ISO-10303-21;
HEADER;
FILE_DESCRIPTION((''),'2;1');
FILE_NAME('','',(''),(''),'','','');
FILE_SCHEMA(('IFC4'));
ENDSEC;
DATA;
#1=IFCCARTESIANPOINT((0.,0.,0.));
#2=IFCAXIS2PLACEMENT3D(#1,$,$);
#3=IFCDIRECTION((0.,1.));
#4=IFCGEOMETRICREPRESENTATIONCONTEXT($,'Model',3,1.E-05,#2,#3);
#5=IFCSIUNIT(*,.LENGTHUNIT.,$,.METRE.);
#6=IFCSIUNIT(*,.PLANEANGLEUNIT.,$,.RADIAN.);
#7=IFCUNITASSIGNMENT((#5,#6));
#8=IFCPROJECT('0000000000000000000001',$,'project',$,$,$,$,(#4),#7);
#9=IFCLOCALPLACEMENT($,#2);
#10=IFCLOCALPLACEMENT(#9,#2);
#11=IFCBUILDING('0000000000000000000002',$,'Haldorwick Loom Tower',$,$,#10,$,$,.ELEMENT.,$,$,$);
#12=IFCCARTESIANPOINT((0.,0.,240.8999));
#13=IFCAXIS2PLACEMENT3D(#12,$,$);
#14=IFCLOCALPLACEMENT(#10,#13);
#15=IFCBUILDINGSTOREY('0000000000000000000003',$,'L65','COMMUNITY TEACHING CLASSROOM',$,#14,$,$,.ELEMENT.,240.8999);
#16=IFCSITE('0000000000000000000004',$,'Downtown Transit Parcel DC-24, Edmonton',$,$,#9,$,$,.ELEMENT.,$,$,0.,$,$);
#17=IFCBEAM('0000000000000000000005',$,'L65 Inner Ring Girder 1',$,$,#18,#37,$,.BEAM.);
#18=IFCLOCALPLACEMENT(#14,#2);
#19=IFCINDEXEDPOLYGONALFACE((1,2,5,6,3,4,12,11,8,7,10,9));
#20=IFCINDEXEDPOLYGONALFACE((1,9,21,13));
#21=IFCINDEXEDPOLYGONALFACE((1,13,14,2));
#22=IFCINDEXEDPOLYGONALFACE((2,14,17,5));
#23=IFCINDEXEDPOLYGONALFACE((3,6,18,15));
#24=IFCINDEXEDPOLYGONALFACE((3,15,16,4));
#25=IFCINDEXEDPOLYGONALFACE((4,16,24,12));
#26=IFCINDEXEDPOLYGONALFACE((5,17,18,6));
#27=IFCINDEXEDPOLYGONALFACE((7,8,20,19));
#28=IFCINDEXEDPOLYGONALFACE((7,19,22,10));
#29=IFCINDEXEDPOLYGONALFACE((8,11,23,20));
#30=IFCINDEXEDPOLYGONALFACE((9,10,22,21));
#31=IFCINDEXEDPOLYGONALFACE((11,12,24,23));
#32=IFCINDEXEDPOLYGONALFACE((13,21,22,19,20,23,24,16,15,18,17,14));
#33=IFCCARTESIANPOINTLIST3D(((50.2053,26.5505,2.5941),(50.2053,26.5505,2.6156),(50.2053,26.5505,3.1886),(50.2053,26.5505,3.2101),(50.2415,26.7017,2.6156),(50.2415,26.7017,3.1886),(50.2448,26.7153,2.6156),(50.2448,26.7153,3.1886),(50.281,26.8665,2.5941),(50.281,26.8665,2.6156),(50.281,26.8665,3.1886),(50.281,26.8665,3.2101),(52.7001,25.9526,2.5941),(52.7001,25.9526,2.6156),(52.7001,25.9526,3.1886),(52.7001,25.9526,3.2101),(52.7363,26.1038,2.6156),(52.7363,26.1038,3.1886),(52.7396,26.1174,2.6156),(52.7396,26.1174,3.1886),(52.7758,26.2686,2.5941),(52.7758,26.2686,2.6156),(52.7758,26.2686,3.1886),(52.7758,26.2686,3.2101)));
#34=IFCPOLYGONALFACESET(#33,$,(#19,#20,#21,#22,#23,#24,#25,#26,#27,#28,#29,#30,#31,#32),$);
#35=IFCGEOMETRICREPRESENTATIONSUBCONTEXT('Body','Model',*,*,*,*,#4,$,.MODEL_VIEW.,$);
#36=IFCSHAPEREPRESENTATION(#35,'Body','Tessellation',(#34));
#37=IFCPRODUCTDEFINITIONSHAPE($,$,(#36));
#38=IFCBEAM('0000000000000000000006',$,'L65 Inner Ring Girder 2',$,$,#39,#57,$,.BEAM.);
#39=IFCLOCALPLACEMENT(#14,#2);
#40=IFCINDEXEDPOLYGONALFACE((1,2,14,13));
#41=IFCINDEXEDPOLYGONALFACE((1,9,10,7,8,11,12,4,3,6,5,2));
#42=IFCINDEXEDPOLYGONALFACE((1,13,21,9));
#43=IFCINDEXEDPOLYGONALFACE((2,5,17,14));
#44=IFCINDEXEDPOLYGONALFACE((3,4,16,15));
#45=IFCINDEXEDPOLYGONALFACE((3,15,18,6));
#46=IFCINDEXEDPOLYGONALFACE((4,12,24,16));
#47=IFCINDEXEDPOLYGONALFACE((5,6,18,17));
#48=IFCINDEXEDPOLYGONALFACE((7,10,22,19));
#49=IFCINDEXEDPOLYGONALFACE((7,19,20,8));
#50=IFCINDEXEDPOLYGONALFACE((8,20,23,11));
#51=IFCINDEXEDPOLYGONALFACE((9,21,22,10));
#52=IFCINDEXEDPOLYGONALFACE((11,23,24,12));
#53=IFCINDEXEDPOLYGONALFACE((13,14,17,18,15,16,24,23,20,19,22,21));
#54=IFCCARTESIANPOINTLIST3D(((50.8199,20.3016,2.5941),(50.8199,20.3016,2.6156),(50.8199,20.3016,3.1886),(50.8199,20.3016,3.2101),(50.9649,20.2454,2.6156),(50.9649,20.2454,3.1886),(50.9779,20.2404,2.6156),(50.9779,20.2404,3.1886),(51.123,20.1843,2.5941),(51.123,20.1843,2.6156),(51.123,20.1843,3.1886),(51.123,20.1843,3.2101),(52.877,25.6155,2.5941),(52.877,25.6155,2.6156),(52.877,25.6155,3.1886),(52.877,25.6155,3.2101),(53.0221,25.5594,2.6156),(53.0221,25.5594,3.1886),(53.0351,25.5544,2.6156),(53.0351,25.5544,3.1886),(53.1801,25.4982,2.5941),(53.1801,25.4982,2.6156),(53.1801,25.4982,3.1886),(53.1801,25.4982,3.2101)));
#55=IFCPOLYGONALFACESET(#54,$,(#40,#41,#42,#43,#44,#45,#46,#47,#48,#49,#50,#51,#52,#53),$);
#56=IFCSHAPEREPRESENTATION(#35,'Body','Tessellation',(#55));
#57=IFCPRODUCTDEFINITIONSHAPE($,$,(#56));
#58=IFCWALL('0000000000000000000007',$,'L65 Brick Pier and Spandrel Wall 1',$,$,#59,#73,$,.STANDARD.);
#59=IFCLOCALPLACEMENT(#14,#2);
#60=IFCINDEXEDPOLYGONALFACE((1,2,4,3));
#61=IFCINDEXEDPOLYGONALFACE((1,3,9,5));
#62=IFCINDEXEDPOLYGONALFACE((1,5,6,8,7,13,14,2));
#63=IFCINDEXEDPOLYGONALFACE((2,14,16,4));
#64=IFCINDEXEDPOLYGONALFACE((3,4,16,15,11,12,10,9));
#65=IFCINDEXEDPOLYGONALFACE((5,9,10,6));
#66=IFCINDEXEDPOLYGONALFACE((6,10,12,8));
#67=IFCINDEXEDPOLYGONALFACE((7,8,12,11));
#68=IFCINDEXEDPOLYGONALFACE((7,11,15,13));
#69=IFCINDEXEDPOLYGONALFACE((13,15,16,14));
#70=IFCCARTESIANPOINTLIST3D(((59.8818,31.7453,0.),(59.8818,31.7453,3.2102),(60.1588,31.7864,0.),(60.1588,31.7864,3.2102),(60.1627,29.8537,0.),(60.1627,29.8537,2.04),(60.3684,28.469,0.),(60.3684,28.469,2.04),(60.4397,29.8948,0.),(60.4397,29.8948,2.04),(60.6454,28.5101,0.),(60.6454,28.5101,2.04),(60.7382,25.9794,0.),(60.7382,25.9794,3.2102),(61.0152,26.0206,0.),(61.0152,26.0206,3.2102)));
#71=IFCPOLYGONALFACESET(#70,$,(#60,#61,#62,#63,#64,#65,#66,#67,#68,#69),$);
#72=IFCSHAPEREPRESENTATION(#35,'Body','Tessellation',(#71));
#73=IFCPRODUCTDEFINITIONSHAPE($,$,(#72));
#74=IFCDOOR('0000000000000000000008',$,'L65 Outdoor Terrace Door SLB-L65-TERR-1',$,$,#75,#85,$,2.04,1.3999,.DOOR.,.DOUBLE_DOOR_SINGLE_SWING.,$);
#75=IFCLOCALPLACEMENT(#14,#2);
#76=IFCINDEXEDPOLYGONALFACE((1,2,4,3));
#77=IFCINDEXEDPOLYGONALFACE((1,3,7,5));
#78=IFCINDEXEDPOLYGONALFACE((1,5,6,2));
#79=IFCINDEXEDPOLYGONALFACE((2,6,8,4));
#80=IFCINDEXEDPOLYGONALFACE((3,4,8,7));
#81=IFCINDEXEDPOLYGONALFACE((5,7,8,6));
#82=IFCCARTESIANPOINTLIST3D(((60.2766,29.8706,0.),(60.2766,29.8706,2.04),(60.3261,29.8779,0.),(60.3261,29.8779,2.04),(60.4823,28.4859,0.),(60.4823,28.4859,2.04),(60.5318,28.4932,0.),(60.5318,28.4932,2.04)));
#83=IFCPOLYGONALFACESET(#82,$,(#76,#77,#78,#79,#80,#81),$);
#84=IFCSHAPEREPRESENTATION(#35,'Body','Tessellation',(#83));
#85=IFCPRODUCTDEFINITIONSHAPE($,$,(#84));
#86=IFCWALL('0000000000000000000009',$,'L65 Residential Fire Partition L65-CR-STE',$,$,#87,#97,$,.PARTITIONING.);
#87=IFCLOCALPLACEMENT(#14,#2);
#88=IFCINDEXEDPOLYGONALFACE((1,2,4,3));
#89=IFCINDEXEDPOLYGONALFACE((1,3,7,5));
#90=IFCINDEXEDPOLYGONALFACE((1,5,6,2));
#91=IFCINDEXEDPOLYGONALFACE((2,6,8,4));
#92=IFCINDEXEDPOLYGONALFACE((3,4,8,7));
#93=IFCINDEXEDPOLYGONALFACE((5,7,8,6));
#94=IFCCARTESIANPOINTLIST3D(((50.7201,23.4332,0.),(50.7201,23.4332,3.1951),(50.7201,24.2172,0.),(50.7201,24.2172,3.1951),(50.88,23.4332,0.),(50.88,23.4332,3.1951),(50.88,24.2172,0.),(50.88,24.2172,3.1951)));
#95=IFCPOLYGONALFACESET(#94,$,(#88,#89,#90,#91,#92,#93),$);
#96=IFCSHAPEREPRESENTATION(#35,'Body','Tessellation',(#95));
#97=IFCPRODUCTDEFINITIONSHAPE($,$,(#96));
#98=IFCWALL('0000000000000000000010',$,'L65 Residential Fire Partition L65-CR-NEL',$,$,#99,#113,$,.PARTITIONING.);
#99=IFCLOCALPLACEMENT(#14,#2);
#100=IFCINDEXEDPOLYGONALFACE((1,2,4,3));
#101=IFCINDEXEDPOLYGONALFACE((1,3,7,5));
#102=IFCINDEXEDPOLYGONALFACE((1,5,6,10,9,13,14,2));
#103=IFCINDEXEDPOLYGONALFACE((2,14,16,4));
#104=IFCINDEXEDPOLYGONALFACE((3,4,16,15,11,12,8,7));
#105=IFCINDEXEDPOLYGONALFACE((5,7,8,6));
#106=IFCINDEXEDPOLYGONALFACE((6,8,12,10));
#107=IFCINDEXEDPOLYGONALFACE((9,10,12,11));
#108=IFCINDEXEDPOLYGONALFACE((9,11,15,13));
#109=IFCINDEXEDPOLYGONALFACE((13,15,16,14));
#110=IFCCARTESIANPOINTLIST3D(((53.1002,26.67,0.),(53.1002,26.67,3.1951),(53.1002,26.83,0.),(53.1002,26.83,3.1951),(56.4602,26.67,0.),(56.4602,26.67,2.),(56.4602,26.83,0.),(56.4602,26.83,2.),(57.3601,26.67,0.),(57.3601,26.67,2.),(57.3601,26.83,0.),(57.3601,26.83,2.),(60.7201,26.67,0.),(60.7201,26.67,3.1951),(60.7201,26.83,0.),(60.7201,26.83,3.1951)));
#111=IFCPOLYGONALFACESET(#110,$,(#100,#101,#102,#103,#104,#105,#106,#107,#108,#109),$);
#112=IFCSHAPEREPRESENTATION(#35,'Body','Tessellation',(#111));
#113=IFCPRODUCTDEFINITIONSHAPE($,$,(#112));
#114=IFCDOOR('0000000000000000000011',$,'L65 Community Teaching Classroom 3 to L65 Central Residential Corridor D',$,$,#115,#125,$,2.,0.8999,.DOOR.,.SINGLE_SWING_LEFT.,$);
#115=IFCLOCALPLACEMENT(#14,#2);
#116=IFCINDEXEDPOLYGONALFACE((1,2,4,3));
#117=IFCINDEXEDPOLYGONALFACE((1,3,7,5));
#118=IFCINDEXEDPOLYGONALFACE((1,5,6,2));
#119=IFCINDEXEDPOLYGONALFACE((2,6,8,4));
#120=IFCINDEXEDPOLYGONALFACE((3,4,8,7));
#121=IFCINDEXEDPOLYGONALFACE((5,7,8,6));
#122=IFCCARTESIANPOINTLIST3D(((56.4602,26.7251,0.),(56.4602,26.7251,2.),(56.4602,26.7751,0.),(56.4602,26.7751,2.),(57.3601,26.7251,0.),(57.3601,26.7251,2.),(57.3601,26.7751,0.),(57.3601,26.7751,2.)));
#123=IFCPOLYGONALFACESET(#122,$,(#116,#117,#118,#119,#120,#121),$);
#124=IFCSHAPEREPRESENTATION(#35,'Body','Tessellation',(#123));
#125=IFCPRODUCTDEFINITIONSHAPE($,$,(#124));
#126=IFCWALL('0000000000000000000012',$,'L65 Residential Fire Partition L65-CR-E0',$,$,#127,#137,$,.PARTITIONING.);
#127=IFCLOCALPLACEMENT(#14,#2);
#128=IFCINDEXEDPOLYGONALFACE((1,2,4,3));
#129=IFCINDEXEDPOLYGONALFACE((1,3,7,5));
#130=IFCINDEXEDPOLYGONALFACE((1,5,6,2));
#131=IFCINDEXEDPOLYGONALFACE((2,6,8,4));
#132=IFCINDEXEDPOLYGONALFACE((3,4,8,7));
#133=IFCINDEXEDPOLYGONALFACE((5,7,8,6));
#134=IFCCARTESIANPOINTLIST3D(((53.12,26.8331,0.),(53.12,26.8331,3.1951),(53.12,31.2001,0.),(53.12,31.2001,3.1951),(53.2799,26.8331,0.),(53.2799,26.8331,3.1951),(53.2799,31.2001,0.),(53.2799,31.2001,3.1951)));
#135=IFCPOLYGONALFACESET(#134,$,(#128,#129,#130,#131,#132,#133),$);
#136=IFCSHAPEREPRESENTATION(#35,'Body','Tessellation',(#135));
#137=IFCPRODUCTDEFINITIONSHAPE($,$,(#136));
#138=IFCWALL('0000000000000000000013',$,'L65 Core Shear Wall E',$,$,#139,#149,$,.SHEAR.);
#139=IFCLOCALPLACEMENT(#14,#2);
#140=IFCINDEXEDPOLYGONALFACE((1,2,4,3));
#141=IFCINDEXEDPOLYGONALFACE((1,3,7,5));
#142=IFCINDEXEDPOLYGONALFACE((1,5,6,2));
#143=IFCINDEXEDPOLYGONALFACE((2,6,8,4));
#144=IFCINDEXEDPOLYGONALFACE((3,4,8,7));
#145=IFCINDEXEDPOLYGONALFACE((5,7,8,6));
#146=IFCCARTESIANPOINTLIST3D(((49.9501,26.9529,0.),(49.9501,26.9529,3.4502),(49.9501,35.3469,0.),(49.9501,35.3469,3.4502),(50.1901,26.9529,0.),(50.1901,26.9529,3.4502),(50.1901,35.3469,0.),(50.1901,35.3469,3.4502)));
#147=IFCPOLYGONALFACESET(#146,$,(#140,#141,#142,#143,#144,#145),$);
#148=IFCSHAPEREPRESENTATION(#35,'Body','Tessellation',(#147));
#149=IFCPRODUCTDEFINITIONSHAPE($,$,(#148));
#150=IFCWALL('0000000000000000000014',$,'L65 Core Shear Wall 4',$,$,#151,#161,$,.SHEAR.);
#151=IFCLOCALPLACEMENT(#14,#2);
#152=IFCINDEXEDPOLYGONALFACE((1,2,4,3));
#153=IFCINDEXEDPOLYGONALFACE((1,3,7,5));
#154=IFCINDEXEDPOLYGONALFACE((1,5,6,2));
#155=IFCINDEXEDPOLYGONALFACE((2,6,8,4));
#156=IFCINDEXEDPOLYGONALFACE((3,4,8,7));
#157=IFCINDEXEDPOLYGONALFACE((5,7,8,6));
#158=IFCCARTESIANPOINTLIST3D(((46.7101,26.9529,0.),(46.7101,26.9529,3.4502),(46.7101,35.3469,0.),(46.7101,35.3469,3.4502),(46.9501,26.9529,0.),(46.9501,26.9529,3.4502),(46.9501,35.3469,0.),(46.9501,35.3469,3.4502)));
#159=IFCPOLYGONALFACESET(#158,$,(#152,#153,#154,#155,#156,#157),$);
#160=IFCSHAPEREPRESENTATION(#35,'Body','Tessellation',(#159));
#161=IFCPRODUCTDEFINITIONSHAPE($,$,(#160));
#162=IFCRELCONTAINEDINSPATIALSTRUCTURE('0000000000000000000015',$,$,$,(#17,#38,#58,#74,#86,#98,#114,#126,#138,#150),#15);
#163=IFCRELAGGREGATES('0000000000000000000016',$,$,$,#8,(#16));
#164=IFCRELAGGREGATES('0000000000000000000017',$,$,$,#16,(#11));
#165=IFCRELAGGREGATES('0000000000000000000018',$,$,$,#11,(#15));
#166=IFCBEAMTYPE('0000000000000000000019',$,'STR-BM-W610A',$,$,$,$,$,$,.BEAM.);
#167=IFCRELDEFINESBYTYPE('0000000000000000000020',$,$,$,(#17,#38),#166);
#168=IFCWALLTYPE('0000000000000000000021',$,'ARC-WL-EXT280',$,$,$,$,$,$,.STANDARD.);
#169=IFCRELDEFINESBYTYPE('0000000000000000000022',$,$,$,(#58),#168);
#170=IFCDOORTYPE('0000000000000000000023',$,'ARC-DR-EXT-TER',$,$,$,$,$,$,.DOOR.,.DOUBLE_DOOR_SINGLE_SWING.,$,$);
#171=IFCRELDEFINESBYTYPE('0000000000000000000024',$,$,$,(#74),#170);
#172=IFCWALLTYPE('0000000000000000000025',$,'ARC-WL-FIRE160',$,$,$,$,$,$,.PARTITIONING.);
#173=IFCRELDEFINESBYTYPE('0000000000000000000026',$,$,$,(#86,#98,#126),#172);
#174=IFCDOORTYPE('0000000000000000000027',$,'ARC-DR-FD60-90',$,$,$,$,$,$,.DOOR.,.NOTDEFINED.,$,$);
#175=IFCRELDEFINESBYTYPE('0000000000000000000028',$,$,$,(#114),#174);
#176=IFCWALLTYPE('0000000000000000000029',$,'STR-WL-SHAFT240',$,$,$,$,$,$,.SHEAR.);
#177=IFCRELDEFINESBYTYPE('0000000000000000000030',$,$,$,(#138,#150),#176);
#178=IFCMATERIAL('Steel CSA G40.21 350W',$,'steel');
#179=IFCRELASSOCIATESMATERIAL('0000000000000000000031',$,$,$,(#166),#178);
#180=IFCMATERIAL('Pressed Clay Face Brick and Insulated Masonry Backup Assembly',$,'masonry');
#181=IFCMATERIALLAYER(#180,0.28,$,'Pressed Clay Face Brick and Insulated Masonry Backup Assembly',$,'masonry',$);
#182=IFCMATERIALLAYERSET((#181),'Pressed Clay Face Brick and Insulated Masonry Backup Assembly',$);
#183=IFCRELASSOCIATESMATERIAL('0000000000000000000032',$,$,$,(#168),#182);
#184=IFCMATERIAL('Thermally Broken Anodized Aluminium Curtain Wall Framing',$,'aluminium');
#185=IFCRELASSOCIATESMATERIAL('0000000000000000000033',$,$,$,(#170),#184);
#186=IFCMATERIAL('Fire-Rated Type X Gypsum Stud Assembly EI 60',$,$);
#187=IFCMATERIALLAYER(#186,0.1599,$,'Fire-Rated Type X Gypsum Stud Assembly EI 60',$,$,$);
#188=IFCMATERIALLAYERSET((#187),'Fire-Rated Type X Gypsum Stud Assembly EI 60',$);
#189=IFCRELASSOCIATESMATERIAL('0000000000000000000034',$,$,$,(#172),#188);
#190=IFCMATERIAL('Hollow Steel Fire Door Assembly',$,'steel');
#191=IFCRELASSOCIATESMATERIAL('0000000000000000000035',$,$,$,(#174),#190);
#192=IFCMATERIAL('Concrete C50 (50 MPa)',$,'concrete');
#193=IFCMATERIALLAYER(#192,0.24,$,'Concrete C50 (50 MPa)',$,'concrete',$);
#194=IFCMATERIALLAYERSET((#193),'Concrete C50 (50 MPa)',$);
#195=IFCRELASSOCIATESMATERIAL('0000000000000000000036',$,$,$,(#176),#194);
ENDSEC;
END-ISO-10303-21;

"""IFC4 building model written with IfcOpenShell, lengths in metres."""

from ifc_helpers import new_model, si_unit, direction, frame, frame_2d, origin, origin_2d, place, context, subcontext, project, spatial, rectangle, i_section, extrude, material, layer, layer_set, material_profile, profile_set, type_object, element, fill, save


model = new_model("IFC4")

# Units and contexts
model_context = context("Model", 3, precision=1e-05, world=origin(), true_north=direction((0.0, 1.0)))
body_context = subcontext(model_context, "Body", "Model", "MODEL_VIEW")
ifc_project = project(units=[si_unit("LENGTHUNIT", "METRE"), si_unit("PLANEANGLEUNIT", "RADIAN")], contexts=[model_context])

# Site, building, storey
site_placement = place(None, origin())
site = spatial("IfcSite", under=ifc_project, at=site_placement, Name="Downtown Transit Parcel DC-24, Edmonton", CompositionType="ELEMENT", RefElevation=0.0)
building_placement = place(site_placement, origin())
building = spatial("IfcBuilding", under=site, at=building_placement, Name="Haldorwick Loom Tower", CompositionType="ELEMENT")
storey_placement = place(building_placement, frame((0.0, 0.0, 240.8999)))
storey = spatial("IfcBuildingStorey", under=building, at=storey_placement, Name="L65", Description="COMMUNITY TEACHING CLASSROOM", CompositionType="ELEMENT", Elevation=240.8999)

# Shared definitions
ifc_material_1 = material(Name="Steel CSA G40.21 350W", Category="steel")

# Beams
ifc_material_profile_1 = material_profile(ifc_material_1, i_section(OverallWidth=0.325, OverallDepth=0.616, WebThickness=0.0139, FlangeThickness=0.0215, at=origin_2d()), Name="W610X174", Category="steel")
ifc_profile_set_1 = profile_set([ifc_material_profile_1], Name="Steel CSA G40.21 350W")
beam_type_1 = type_object("IfcBeamType", Name="STR-BM-W610A", PredefinedType="BEAM", material=ifc_profile_set_1)
beam_1_placement = place(storey_placement, frame((50.2432, 26.7085, 2.9021), z_axis=(0.972464, -0.233053, 0.0), x_axis=(0.233053, 0.972464, 0.0)))
element("IfcBeam", 1, at=beam_1_placement, inside=storey, type_object=beam_type_1, Name="L65 Inner Ring Girder 1", PredefinedType="BEAM", context=body_context, shape_type="SweptSolid", body=[
    extrude(i_section(OverallWidth=0.325, OverallDepth=0.616, WebThickness=0.0139, FlangeThickness=0.0215, at=origin_2d()), origin(), (0.0, 0.0, 1.0), 2.5654),
])
beam_2_placement = place(storey_placement, frame((53.0286, 25.5569, 2.9021), z_axis=(-0.361011, -0.932562, 0.0), x_axis=(0.932562, -0.361011, 0.0)))
element("IfcBeam", 2, at=beam_2_placement, inside=storey, type_object=beam_type_1, Name="L65 Inner Ring Girder 2", PredefinedType="BEAM", context=body_context, shape_type="SweptSolid", body=[
    extrude(i_section(OverallWidth=0.325, OverallDepth=0.616, WebThickness=0.0139, FlangeThickness=0.0215, at=origin_2d()), origin(), (0.0, 0.0, 1.0), 5.6982),
])

# Wall, opening, door
ifc_material_2 = material(Name="Pressed Clay Face Brick and Insulated Masonry Backup Assembly", Category="masonry")
ifc_layer_1 = layer(ifc_material_2, 0.28, Name="Pressed Clay Face Brick and Insulated Masonry Backup Assembly", Category="masonry")
ifc_layer_set_1 = layer_set([ifc_layer_1], Name="Pressed Clay Face Brick and Insulated Masonry Backup Assembly")
wall_type_1 = type_object("IfcWallType", Name="ARC-WL-EXT280", PredefinedType="STANDARD", material=ifc_layer_set_1)
wall_1_placement = place(storey_placement, frame((60.8767, 26.0, 0.0), z_axis=(0.0, 0.0, 1.0), x_axis=(-0.146925, 0.989148, 0.0)))
wall_1 = element("IfcWall", 3, at=wall_1_placement, inside=storey, type_object=wall_type_1, Name="L65 Brick Pier and Spandrel Wall 1", PredefinedType="STANDARD", context=body_context, shape_type="SweptSolid", body=[
    extrude(rectangle(XDim=5.8291, YDim=0.28, at=frame_2d((2.9146, 0.0))), origin(), (0.0, 0.0, 1.0), 3.2102),
])
opening_1_placement = place(wall_1_placement, frame((2.5168, 0.0, 0.0)))
opening_1 = element("IfcOpeningElement", 4, at=opening_1_placement, cuts=wall_1, PredefinedType="OPENING", context=body_context, shape_type="SweptSolid", body=[
    extrude(rectangle(XDim=1.3999, YDim=2.04, at=frame_2d((0.7, 1.02))), frame((0.0, 0.1499, 0.0), z_axis=(0.0, -1.0, 0.0), x_axis=(1.0, 0.0, 0.0)), (0.0, 0.0, 1.0), 0.3),
])
ifc_material_3 = material(Name="Thermally Broken Anodized Aluminium Curtain Wall Framing", Category="aluminium")
door_type_1 = type_object("IfcDoorType", Name="ARC-DR-EXT-TER", OperationType="DOUBLE_DOOR_SINGLE_SWING", PredefinedType="DOOR", material=ifc_material_3)
door_1_placement = place(opening_1_placement, origin())
door_1 = element("IfcDoor", 5, at=door_1_placement, inside=storey, type_object=door_type_1, Name="L65 Outdoor Terrace Door SLB-L65-TERR-1", OperationType="DOUBLE_DOOR_SINGLE_SWING", OverallHeight=2.04, OverallWidth=1.3999, PredefinedType="DOOR", context=body_context, shape_type="SweptSolid", body=[
    extrude(rectangle(XDim=1.3999, YDim=2.04, at=frame_2d((0.7, 1.02))), frame((0.0, 0.0249, 0.0), z_axis=(0.0, -1.0, 0.0), x_axis=(1.0, 0.0, 0.0)), (0.0, 0.0, 1.0), 0.05),
])
fill(opening_1, door_1)

# Wall
ifc_material_4 = material(Name="Fire-Rated Type X Gypsum Stud Assembly EI 60")
ifc_layer_2 = layer(ifc_material_4, 0.1599, Name="Fire-Rated Type X Gypsum Stud Assembly EI 60")
ifc_layer_set_2 = layer_set([ifc_layer_2], Name="Fire-Rated Type X Gypsum Stud Assembly EI 60")
wall_type_2 = type_object("IfcWallType", Name="ARC-WL-FIRE160", PredefinedType="PARTITIONING", material=ifc_layer_set_2)
wall_2_placement = place(storey_placement, frame((50.8, 23.4331, 0.0), z_axis=(0.0, 0.0, 1.0), x_axis=(0.0, 1.0, 0.0)))
element("IfcWall", 6, at=wall_2_placement, inside=storey, type_object=wall_type_2, Name="L65 Residential Fire Partition L65-CR-STE", PredefinedType="PARTITIONING", context=body_context, shape_type="SweptSolid", body=[
    extrude(rectangle(XDim=0.7839, YDim=0.1599, at=frame_2d((0.3921, 0.0))), origin(), (0.0, 0.0, 1.0), 3.1951),
])

# Wall, opening, door
wall_3_placement = place(storey_placement, frame((53.1001, 26.75, 0.0), z_axis=(0.0, 0.0, 1.0), x_axis=(1.0, 0.0, 0.0)))
wall_3 = element("IfcWall", 7, at=wall_3_placement, inside=storey, type_object=wall_type_2, Name="L65 Residential Fire Partition L65-CR-NEL", PredefinedType="PARTITIONING", context=body_context, shape_type="SweptSolid", body=[
    extrude(rectangle(XDim=7.6199, YDim=0.1599, at=frame_2d((3.8101, 0.0))), origin(), (0.0, 0.0, 1.0), 3.1951),
])
opening_2_placement = place(wall_3_placement, frame((3.3601, 0.0, 0.0)))
opening_2 = element("IfcOpeningElement", 8, at=opening_2_placement, cuts=wall_3, PredefinedType="OPENING", context=body_context, shape_type="SweptSolid", body=[
    extrude(rectangle(XDim=0.8999, YDim=2.0, at=frame_2d((0.45, 1.0))), frame((0.0, 0.0898, 0.0), z_axis=(0.0, -1.0, 0.0), x_axis=(1.0, 0.0, 0.0)), (0.0, 0.0, 1.0), 0.1799),
])
ifc_material_5 = material(Name="Hollow Steel Fire Door Assembly", Category="steel")
door_type_2 = type_object("IfcDoorType", Name="ARC-DR-FD60-90", OperationType="NOTDEFINED", PredefinedType="DOOR", material=ifc_material_5)
door_2_placement = place(opening_2_placement, frame((0.8999, 0.0, 0.0), z_axis=(0.0, 0.0, 1.0), x_axis=(-1.0, 0.0, 0.0)))
door_2 = element("IfcDoor", 9, at=door_2_placement, inside=storey, type_object=door_type_2, Name="L65 Community Teaching Classroom 3 to L65 Central Residential Corridor D", OperationType="SINGLE_SWING_LEFT", OverallHeight=2.0, OverallWidth=0.8999, PredefinedType="DOOR", context=body_context, shape_type="SweptSolid", body=[
    extrude(rectangle(XDim=0.8999, YDim=2.0, at=frame_2d((0.45, 1.0))), frame((0.0, 0.0249, 0.0), z_axis=(0.0, -1.0, 0.0), x_axis=(1.0, 0.0, 0.0)), (0.0, 0.0, 1.0), 0.05),
])
fill(opening_2, door_2)

# Walls
wall_4_placement = place(storey_placement, frame((53.2, 26.833, 0.0), z_axis=(0.0, 0.0, 1.0), x_axis=(0.0, 1.0, 0.0)))
element("IfcWall", 10, at=wall_4_placement, inside=storey, type_object=wall_type_2, Name="L65 Residential Fire Partition L65-CR-E0", PredefinedType="PARTITIONING", context=body_context, shape_type="SweptSolid", body=[
    extrude(rectangle(XDim=4.3669, YDim=0.1599, at=frame_2d((2.1836, 0.0))), origin(), (0.0, 0.0, 1.0), 3.1951),
])
ifc_material_6 = material(Name="Concrete C50 (50 MPa)", Category="concrete")
ifc_layer_3 = layer(ifc_material_6, 0.24, Name="Concrete C50 (50 MPa)", Category="concrete")
ifc_layer_set_3 = layer_set([ifc_layer_3], Name="Concrete C50 (50 MPa)")
wall_type_3 = type_object("IfcWallType", Name="STR-WL-SHAFT240", PredefinedType="SHEAR", material=ifc_layer_set_3)
for number, where, z_axis, x_axis, name in (
    (11, (50.0701, 26.9529, 0.0), (0.0, 0.0, 1.0), (0.0, 1.0, 0.0), "L65 Core Shear Wall E"),
    (12, (46.8301, 26.9529, 0.0), (0.0, 0.0, 1.0), (0.0, 1.0, 0.0), "L65 Core Shear Wall 4"),
):
    element("IfcWall", number, at=place(storey_placement, frame(where, z_axis=z_axis, x_axis=x_axis)), inside=storey, type_object=wall_type_3, Name=name, PredefinedType="SHEAR", context=body_context, shape_type="SweptSolid", body=[
        extrude(rectangle(XDim=8.394, YDim=0.24, at=frame_2d((4.197, 0.0))), origin(), (0.0, 0.0, 1.0), 3.4502),
    ])

save(model, "model.ifc")
